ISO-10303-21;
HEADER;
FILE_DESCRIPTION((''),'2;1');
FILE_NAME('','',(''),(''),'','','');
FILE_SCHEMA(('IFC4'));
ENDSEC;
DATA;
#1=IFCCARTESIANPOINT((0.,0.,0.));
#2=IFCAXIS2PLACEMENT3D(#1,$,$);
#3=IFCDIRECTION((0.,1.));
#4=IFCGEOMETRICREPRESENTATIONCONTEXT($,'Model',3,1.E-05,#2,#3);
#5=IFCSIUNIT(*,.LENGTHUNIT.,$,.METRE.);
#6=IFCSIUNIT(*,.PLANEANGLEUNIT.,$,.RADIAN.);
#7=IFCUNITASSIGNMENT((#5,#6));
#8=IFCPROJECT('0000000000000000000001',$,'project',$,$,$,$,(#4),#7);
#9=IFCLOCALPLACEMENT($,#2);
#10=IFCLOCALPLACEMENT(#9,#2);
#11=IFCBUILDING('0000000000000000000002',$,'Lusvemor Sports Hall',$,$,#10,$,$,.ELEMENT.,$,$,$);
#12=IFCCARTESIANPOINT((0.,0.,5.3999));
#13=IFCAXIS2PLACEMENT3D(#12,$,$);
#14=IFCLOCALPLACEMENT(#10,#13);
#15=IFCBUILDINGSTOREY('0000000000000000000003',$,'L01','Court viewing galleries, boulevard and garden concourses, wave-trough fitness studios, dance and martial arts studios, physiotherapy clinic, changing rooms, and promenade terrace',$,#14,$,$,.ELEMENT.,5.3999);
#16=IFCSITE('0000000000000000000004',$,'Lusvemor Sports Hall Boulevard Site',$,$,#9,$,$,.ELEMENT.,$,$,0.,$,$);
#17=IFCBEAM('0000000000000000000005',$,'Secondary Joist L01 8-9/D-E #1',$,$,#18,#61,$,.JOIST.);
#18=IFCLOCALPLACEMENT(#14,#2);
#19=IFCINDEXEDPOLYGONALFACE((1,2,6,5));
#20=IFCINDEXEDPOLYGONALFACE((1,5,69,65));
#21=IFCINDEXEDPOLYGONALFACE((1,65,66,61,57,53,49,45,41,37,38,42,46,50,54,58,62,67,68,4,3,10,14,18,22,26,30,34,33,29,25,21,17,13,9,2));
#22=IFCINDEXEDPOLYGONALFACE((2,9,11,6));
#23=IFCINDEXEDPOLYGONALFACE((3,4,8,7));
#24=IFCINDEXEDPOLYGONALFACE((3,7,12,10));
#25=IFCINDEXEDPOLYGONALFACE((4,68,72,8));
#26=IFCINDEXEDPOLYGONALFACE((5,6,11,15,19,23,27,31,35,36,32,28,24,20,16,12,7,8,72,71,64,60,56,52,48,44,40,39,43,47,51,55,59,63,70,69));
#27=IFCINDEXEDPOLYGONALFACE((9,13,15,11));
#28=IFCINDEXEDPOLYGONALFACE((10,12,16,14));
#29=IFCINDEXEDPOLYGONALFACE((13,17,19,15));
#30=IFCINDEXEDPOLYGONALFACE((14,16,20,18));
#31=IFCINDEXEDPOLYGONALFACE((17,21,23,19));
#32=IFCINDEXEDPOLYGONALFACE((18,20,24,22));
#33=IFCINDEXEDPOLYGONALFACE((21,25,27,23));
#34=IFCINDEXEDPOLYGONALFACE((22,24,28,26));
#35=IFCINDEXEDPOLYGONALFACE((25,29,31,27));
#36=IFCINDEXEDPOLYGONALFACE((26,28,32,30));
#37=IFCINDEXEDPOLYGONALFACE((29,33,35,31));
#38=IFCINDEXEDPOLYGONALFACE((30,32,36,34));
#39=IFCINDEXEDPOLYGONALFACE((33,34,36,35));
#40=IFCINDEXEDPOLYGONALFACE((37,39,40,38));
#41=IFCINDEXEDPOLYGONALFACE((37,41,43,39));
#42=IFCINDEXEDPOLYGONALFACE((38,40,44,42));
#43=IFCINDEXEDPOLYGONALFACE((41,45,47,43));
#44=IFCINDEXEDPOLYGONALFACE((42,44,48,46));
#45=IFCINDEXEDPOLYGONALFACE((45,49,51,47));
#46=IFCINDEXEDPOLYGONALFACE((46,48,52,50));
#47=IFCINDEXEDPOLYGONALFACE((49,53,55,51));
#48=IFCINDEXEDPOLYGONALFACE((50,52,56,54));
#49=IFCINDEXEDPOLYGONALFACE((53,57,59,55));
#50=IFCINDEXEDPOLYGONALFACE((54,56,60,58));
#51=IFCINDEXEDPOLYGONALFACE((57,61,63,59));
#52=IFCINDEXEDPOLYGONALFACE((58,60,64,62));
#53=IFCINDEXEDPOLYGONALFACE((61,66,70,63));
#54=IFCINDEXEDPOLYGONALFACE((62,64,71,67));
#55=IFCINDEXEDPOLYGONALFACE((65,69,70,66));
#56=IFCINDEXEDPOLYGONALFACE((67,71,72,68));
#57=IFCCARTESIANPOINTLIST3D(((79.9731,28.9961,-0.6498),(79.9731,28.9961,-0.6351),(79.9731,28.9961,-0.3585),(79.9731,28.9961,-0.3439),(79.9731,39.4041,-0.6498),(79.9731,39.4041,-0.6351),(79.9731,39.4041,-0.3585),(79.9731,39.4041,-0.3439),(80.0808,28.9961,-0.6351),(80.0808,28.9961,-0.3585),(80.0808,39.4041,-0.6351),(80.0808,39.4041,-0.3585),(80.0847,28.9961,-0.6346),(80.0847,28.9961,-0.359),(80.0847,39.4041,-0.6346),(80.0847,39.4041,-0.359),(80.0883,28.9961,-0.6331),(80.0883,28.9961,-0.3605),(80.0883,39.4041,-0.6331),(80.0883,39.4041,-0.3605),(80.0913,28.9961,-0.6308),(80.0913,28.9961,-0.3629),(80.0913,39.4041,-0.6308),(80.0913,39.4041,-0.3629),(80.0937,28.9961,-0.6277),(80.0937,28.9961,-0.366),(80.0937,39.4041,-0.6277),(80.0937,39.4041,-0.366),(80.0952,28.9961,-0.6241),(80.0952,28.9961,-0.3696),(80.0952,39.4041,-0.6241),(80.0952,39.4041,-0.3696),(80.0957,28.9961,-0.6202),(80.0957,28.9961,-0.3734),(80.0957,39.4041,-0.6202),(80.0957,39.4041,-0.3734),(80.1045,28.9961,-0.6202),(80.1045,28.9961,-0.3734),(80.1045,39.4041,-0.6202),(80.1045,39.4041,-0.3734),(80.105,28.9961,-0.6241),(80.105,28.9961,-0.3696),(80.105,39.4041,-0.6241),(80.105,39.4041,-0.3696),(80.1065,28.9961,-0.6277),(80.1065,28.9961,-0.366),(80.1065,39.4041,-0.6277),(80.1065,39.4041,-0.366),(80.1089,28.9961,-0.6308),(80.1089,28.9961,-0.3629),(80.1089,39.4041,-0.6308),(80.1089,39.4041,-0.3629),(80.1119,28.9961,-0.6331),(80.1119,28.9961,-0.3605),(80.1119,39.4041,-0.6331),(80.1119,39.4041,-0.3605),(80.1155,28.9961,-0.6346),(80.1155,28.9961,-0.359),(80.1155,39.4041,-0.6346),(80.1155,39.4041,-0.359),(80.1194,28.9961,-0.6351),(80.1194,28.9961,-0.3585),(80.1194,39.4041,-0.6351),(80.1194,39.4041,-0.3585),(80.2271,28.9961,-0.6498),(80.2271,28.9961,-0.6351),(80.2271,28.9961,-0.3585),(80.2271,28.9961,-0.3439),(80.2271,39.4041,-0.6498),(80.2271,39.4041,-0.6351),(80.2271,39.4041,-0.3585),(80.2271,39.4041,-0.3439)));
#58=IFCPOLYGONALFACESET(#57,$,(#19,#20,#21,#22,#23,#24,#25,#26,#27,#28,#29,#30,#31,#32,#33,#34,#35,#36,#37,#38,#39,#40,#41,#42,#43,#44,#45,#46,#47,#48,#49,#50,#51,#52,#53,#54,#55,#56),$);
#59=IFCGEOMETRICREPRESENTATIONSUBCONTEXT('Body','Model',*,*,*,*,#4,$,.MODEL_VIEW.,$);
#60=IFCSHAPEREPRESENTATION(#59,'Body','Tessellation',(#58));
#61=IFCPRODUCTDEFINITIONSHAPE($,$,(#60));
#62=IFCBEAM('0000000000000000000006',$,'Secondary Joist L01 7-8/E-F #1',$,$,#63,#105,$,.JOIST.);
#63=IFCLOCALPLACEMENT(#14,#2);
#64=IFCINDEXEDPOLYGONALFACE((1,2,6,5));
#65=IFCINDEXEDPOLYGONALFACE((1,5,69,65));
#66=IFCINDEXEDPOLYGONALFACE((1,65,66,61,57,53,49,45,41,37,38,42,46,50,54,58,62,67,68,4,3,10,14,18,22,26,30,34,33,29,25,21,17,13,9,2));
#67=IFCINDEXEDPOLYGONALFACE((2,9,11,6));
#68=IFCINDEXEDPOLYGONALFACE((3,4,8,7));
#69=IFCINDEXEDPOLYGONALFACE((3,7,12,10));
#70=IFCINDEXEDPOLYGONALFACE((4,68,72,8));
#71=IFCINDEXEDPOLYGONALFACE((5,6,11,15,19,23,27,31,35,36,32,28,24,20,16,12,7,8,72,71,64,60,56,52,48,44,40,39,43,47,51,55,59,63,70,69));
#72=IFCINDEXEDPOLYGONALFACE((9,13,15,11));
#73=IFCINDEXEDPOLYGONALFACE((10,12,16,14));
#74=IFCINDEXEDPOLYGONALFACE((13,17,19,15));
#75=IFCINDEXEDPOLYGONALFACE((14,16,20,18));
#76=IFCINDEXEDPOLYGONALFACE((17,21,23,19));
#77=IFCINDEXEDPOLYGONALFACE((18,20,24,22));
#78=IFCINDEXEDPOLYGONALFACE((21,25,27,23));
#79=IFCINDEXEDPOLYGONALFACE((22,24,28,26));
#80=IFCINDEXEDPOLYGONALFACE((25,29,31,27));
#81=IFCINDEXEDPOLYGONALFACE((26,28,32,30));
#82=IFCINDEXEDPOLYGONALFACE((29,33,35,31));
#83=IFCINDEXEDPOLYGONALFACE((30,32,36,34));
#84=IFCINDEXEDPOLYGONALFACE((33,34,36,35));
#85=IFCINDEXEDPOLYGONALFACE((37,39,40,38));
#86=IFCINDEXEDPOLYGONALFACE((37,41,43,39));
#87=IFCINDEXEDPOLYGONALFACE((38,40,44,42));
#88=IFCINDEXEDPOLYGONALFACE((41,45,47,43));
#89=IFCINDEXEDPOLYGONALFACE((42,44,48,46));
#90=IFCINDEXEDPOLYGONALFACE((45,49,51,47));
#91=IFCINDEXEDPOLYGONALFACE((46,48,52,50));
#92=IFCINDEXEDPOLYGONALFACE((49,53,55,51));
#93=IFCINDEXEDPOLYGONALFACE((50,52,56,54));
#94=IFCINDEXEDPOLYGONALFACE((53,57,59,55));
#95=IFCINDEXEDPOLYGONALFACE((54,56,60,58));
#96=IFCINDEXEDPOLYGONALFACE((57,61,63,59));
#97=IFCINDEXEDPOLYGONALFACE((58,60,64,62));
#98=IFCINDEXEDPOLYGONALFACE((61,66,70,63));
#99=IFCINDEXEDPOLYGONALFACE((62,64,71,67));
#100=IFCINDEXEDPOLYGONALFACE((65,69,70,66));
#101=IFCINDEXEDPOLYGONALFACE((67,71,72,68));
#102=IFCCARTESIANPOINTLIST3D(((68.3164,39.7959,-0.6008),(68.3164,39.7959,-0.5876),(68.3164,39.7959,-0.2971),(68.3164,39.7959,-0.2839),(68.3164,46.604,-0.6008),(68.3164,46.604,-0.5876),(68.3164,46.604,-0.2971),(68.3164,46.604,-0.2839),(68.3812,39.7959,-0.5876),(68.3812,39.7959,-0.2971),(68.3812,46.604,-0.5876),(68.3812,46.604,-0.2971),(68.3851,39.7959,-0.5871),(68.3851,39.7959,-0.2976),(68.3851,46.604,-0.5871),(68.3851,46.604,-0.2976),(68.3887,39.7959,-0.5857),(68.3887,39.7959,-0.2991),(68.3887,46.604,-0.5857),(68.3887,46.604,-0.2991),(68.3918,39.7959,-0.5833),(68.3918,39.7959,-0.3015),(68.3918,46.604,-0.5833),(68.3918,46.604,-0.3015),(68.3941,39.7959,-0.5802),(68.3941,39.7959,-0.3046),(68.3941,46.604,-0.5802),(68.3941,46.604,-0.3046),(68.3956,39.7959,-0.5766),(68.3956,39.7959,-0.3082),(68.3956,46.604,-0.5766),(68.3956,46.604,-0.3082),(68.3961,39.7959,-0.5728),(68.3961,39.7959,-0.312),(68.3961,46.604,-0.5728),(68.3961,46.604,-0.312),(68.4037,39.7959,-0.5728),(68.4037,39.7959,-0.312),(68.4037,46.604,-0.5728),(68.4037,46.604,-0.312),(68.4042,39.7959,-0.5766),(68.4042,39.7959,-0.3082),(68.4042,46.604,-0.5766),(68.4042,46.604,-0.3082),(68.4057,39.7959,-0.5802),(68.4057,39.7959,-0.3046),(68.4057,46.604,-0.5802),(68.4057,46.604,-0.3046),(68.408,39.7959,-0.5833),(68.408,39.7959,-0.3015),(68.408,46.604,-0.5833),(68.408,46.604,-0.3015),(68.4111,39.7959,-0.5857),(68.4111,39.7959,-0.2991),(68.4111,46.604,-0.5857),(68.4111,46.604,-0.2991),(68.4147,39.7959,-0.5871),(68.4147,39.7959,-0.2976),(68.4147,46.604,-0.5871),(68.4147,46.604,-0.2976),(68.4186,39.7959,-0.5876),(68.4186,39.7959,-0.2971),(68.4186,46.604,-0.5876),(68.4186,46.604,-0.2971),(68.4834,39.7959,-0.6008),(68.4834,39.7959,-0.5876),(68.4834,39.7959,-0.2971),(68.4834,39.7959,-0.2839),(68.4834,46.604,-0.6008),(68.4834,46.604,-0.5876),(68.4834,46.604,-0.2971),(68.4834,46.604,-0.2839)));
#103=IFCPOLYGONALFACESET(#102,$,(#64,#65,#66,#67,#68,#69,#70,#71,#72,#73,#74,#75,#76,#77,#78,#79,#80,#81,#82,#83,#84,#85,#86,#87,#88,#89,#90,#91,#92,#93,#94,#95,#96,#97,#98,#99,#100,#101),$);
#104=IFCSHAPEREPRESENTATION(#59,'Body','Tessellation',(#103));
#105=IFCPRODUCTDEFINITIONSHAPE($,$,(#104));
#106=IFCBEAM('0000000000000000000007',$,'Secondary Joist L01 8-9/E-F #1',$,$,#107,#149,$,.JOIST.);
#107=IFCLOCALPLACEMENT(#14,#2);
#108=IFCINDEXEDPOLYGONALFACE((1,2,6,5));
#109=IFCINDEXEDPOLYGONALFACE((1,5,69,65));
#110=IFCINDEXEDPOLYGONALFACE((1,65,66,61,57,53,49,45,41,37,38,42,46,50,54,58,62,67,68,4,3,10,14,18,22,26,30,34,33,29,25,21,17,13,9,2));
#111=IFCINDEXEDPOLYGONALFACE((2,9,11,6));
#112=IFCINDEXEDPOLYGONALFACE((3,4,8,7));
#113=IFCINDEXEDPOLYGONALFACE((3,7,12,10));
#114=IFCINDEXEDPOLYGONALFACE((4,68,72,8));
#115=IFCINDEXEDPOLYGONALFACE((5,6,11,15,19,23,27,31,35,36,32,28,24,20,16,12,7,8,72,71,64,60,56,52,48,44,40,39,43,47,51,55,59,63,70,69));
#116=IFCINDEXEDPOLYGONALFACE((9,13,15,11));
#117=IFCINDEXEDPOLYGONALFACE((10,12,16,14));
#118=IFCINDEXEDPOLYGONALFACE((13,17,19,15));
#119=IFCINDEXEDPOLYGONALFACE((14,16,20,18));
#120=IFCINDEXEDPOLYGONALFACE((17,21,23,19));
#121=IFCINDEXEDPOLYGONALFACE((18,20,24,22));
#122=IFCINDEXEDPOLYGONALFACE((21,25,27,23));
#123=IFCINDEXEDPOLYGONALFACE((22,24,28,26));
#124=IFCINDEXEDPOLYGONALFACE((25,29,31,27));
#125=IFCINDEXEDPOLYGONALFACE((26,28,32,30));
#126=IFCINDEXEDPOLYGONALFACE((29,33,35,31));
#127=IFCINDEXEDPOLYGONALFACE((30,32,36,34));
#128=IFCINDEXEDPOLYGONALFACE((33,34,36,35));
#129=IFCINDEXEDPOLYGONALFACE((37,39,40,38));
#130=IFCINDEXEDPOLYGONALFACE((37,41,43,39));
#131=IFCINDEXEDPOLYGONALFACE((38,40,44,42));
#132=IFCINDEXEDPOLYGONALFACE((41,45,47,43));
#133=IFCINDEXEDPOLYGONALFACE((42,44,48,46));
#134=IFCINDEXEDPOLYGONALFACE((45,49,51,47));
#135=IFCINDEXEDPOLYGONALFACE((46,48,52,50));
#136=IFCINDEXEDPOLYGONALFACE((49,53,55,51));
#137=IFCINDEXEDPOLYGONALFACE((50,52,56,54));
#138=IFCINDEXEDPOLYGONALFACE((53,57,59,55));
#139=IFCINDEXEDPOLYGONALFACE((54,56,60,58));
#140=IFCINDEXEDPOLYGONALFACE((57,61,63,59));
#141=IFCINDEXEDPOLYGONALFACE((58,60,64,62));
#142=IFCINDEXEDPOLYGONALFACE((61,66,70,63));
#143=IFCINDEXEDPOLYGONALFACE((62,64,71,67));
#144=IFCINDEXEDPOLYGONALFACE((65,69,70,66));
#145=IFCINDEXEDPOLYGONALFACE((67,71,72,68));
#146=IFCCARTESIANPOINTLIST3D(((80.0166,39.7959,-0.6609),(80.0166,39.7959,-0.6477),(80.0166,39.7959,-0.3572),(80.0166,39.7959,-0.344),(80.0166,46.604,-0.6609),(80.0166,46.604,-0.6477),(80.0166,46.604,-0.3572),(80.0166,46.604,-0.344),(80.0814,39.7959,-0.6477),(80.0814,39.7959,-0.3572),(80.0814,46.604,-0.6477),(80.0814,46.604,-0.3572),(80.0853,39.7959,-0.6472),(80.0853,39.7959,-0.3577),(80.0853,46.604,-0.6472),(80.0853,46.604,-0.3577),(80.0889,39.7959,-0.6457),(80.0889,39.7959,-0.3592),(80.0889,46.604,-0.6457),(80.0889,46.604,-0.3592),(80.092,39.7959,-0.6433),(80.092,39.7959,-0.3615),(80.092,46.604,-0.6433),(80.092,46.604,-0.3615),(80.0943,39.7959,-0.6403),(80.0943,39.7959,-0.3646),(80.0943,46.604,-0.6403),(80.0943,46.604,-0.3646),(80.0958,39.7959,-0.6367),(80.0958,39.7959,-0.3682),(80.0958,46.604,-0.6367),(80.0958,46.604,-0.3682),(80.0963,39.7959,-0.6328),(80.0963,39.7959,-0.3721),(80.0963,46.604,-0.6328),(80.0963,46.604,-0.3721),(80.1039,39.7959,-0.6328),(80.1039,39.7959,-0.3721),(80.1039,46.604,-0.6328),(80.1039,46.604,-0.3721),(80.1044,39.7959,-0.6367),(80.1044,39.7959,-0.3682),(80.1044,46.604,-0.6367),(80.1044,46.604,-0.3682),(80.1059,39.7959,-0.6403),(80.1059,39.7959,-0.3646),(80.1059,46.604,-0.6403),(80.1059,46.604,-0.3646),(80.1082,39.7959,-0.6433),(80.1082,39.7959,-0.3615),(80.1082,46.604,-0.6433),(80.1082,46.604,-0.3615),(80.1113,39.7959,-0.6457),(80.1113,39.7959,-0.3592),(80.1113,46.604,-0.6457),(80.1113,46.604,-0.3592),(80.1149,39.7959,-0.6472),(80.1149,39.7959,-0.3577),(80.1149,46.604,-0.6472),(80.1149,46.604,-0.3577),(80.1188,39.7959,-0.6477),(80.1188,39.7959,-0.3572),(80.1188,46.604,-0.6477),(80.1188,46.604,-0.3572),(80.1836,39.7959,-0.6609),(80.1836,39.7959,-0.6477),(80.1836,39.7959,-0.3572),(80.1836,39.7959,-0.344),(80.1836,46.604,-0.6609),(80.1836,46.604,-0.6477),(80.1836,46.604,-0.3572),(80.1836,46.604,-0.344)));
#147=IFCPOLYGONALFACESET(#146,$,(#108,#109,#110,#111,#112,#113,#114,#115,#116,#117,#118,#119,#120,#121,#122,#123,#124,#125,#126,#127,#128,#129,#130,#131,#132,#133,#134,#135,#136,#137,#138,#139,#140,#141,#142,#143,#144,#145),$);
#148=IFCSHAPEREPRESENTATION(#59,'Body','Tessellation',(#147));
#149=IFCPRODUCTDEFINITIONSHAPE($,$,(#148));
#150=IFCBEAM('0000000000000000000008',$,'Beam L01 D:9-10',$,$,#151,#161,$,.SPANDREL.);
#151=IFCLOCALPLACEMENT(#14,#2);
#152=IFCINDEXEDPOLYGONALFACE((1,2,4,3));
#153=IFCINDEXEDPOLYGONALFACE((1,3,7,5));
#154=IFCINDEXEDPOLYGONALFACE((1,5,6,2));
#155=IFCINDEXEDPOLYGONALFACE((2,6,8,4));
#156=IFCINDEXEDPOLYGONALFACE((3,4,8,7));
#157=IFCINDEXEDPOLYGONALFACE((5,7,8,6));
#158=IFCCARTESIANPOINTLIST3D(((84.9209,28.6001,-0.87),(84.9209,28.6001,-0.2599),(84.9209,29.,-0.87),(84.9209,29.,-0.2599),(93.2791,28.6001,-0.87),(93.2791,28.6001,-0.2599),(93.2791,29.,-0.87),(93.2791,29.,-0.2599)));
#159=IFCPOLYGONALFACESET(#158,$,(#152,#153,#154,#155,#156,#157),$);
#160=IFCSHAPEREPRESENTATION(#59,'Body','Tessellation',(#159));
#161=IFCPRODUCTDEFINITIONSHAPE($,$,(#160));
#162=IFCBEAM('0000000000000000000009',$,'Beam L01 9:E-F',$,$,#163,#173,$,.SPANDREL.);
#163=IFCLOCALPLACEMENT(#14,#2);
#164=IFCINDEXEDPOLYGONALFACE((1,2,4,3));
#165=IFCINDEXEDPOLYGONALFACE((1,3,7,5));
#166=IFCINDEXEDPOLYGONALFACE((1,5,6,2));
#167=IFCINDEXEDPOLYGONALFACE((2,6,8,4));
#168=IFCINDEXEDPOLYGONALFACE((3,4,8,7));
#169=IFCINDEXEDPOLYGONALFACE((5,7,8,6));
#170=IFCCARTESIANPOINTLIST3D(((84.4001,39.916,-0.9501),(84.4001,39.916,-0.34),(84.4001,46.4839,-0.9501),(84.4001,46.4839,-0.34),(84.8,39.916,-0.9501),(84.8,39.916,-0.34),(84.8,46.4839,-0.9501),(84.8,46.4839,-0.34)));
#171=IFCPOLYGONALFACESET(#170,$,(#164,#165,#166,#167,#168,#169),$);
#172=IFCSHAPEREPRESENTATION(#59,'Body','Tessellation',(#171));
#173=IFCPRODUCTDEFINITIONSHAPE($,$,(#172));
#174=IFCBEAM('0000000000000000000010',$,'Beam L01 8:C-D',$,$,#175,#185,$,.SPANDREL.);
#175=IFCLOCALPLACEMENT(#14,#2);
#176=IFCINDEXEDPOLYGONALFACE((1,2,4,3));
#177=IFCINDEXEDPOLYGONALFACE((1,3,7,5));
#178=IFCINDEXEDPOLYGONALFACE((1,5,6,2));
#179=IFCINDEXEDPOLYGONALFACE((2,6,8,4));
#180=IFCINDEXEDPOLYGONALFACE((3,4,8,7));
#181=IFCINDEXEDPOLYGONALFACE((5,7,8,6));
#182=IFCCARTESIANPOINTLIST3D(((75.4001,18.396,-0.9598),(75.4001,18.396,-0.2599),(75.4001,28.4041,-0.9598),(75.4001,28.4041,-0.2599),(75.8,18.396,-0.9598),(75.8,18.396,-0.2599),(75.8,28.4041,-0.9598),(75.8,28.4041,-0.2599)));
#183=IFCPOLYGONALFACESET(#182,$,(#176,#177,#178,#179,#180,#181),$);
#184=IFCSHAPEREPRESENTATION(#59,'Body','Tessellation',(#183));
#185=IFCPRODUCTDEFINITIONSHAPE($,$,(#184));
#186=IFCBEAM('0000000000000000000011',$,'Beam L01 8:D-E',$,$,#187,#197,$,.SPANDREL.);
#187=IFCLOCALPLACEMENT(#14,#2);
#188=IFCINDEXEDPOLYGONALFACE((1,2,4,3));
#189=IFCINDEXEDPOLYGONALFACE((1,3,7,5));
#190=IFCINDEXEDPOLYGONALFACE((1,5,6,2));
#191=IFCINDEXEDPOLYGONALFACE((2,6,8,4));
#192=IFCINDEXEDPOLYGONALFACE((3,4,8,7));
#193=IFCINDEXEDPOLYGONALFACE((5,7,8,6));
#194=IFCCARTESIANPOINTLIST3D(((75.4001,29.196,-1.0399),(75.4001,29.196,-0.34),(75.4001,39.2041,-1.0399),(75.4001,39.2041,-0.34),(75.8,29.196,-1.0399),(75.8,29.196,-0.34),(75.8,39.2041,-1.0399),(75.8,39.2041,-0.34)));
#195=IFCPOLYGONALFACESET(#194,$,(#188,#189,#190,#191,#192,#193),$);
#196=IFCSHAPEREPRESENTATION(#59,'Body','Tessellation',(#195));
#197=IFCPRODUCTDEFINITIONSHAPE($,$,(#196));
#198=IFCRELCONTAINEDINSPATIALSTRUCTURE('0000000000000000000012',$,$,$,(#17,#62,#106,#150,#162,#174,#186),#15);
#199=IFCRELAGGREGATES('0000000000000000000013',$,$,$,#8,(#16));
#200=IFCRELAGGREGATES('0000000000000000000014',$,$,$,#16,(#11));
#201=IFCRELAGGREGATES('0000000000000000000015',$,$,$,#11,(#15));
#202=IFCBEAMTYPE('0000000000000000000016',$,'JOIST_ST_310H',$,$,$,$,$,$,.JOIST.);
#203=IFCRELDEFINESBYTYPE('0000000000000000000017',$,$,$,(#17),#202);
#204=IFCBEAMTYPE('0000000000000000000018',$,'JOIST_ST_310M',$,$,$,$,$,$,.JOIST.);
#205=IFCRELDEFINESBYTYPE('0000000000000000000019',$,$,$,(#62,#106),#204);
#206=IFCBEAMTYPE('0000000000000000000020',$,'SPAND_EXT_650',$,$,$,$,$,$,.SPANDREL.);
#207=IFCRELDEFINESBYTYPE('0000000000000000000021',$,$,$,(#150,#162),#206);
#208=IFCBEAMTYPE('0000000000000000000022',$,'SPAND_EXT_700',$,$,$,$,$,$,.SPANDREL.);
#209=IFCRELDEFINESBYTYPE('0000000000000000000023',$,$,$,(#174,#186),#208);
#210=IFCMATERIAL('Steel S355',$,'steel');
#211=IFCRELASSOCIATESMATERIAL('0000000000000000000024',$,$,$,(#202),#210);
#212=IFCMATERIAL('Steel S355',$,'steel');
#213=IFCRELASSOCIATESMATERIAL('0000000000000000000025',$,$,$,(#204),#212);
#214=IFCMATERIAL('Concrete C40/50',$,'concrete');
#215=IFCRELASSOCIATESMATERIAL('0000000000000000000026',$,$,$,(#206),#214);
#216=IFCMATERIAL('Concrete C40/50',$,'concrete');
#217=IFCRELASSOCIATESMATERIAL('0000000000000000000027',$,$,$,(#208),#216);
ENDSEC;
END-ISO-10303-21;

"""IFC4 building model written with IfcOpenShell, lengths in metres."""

from ifc_helpers import new_model, si_unit, direction, frame, origin, origin_2d, place, context, subcontext, project, spatial, rectangle, i_section, extrude, material, material_profile, profile_set, type_object, element, save


model = new_model("IFC4")

# Units and contexts
model_context = context("Model", 3, precision=1e-05, world=origin(), true_north=direction((0.0, 1.0)))
body_context = subcontext(model_context, "Body", "Model", "MODEL_VIEW")
ifc_project = project(units=[si_unit("LENGTHUNIT", "METRE"), si_unit("PLANEANGLEUNIT", "RADIAN")], contexts=[model_context])

# Site, building, storey
site_placement = place(None, origin())
site = spatial("IfcSite", under=ifc_project, at=site_placement, Name="Lusvemor Sports Hall Boulevard Site", CompositionType="ELEMENT", RefElevation=0.0)
building_placement = place(site_placement, origin())
building = spatial("IfcBuilding", under=site, at=building_placement, Name="Lusvemor Sports Hall", CompositionType="ELEMENT")
storey_placement = place(building_placement, frame((0.0, 0.0, 5.3999)))
storey = spatial("IfcBuildingStorey", under=building, at=storey_placement, Name="L01", Description="Court viewing galleries, boulevard and garden concourses, wave-trough fitness studios, dance and martial arts studios, physiotherapy clinic, changing rooms, and promenade terrace", CompositionType="ELEMENT", Elevation=5.3999)

# Beams
ifc_material_1 = material(Name="Steel S355", Category="steel")
ifc_material_profile_1 = material_profile(ifc_material_1, i_section(OverallWidth=0.2539, OverallDepth=0.3059, WebThickness=0.0088, FlangeThickness=0.0146, FilletRadius=0.0149, at=origin_2d()), Name="W310x79.0")
ifc_profile_set_1 = profile_set([ifc_material_profile_1], Name="Steel S355")
beam_type_1 = type_object("IfcBeamType", Name="JOIST_ST_310H", PredefinedType="JOIST", material=ifc_profile_set_1)
beam_1_placement = place(storey_placement, frame((80.1001, 28.9961, -0.4968), z_axis=(0.0, 1.0, 0.0), x_axis=(-1.0, 0.0, 0.0)))
element("IfcBeam", 1, at=beam_1_placement, inside=storey, type_object=beam_type_1, Name="Secondary Joist L01 8-9/D-E #1", PredefinedType="JOIST", context=body_context, shape_type="SweptSolid", body=[
    extrude(i_section(OverallWidth=0.2539, OverallDepth=0.3059, WebThickness=0.0088, FlangeThickness=0.0146, FilletRadius=0.0149, at=origin_2d()), origin(), (0.0, 0.0, 1.0), 10.408),
])
ifc_material_2 = material(Name="Steel S355", Category="steel")
ifc_material_profile_2 = material_profile(ifc_material_2, i_section(OverallWidth=0.167, OverallDepth=0.3169, WebThickness=0.0076, FlangeThickness=0.0132, FilletRadius=0.0149, at=origin_2d()), Name="W310x52.0")
ifc_profile_set_2 = profile_set([ifc_material_profile_2], Name="Steel S355")
beam_type_2 = type_object("IfcBeamType", Name="JOIST_ST_310M", PredefinedType="JOIST", material=ifc_profile_set_2)
for number, where, z_axis, x_axis, name in (
    (2, (68.3999, 39.7959, -0.4424), (0.0, 1.0, 0.0), (-1.0, 0.0, 0.0), "Secondary Joist L01 7-8/E-F #1"),
    (3, (80.1001, 39.7959, -0.5024), (0.0, 1.0, 0.0), (-1.0, 0.0, 0.0), "Secondary Joist L01 8-9/E-F #1"),
):
    element("IfcBeam", number, at=place(storey_placement, frame(where, z_axis=z_axis, x_axis=x_axis)), inside=storey, type_object=beam_type_2, Name=name, PredefinedType="JOIST", context=body_context, shape_type="SweptSolid", body=[
        extrude(i_section(OverallWidth=0.167, OverallDepth=0.3169, WebThickness=0.0076, FlangeThickness=0.0132, FilletRadius=0.0149, at=origin_2d()), origin(), (0.0, 0.0, 1.0), 6.8081),
    ])
ifc_material_3 = material(Name="Concrete C40/50", Category="concrete")
ifc_material_profile_3 = material_profile(ifc_material_3, rectangle(XDim=0.3999, YDim=0.6101, at=origin_2d()), Name="RC400x610")
ifc_profile_set_3 = profile_set([ifc_material_profile_3], Name="Concrete C40/50")
beam_type_3 = type_object("IfcBeamType", Name="SPAND_EXT_650", PredefinedType="SPANDREL", material=ifc_profile_set_3)
beam_2_placement = place(storey_placement, frame((84.9209, 28.8, -0.5649), z_axis=(1.0, 0.0, 0.0), x_axis=(0.0, 1.0, 0.0)))
element("IfcBeam", 4, at=beam_2_placement, inside=storey, type_object=beam_type_3, Name="Beam L01 D:9-10", PredefinedType="SPANDREL", context=body_context, shape_type="SweptSolid", body=[
    extrude(rectangle(XDim=0.3999, YDim=0.6101, at=origin_2d()), origin(), (0.0, 0.0, 1.0), 8.3582),
])
beam_3_placement = place(storey_placement, frame((84.6001, 39.916, -0.645), z_axis=(0.0, 1.0, 0.0), x_axis=(-1.0, 0.0, 0.0)))
element("IfcBeam", 5, at=beam_3_placement, inside=storey, type_object=beam_type_3, Name="Beam L01 9:E-F", PredefinedType="SPANDREL", context=body_context, shape_type="SweptSolid", body=[
    extrude(rectangle(XDim=0.3999, YDim=0.6101, at=origin_2d()), origin(), (0.0, 0.0, 1.0), 6.5679),
])
ifc_material_4 = material(Name="Concrete C40/50", Category="concrete")
ifc_material_profile_4 = material_profile(ifc_material_4, rectangle(XDim=0.3999, YDim=0.7, at=origin_2d()), Name="RC400x700")
ifc_profile_set_4 = profile_set([ifc_material_profile_4], Name="Concrete C40/50")
beam_type_4 = type_object("IfcBeamType", Name="SPAND_EXT_700", PredefinedType="SPANDREL", material=ifc_profile_set_4)
for number, where, z_axis, x_axis, name in (
    (6, (75.6001, 18.396, -0.6099), (0.0, 1.0, 0.0), (-1.0, 0.0, 0.0), "Beam L01 8:C-D"),
    (7, (75.6001, 29.196, -0.6899), (0.0, 1.0, 0.0), (-1.0, 0.0, 0.0), "Beam L01 8:D-E"),
):
    element("IfcBeam", number, at=place(storey_placement, frame(where, z_axis=z_axis, x_axis=x_axis)), inside=storey, type_object=beam_type_4, Name=name, PredefinedType="SPANDREL", context=body_context, shape_type="SweptSolid", body=[
        extrude(rectangle(XDim=0.3999, YDim=0.7, at=origin_2d()), origin(), (0.0, 0.0, 1.0), 10.0081),
    ])

save(model, "model.ifc")
